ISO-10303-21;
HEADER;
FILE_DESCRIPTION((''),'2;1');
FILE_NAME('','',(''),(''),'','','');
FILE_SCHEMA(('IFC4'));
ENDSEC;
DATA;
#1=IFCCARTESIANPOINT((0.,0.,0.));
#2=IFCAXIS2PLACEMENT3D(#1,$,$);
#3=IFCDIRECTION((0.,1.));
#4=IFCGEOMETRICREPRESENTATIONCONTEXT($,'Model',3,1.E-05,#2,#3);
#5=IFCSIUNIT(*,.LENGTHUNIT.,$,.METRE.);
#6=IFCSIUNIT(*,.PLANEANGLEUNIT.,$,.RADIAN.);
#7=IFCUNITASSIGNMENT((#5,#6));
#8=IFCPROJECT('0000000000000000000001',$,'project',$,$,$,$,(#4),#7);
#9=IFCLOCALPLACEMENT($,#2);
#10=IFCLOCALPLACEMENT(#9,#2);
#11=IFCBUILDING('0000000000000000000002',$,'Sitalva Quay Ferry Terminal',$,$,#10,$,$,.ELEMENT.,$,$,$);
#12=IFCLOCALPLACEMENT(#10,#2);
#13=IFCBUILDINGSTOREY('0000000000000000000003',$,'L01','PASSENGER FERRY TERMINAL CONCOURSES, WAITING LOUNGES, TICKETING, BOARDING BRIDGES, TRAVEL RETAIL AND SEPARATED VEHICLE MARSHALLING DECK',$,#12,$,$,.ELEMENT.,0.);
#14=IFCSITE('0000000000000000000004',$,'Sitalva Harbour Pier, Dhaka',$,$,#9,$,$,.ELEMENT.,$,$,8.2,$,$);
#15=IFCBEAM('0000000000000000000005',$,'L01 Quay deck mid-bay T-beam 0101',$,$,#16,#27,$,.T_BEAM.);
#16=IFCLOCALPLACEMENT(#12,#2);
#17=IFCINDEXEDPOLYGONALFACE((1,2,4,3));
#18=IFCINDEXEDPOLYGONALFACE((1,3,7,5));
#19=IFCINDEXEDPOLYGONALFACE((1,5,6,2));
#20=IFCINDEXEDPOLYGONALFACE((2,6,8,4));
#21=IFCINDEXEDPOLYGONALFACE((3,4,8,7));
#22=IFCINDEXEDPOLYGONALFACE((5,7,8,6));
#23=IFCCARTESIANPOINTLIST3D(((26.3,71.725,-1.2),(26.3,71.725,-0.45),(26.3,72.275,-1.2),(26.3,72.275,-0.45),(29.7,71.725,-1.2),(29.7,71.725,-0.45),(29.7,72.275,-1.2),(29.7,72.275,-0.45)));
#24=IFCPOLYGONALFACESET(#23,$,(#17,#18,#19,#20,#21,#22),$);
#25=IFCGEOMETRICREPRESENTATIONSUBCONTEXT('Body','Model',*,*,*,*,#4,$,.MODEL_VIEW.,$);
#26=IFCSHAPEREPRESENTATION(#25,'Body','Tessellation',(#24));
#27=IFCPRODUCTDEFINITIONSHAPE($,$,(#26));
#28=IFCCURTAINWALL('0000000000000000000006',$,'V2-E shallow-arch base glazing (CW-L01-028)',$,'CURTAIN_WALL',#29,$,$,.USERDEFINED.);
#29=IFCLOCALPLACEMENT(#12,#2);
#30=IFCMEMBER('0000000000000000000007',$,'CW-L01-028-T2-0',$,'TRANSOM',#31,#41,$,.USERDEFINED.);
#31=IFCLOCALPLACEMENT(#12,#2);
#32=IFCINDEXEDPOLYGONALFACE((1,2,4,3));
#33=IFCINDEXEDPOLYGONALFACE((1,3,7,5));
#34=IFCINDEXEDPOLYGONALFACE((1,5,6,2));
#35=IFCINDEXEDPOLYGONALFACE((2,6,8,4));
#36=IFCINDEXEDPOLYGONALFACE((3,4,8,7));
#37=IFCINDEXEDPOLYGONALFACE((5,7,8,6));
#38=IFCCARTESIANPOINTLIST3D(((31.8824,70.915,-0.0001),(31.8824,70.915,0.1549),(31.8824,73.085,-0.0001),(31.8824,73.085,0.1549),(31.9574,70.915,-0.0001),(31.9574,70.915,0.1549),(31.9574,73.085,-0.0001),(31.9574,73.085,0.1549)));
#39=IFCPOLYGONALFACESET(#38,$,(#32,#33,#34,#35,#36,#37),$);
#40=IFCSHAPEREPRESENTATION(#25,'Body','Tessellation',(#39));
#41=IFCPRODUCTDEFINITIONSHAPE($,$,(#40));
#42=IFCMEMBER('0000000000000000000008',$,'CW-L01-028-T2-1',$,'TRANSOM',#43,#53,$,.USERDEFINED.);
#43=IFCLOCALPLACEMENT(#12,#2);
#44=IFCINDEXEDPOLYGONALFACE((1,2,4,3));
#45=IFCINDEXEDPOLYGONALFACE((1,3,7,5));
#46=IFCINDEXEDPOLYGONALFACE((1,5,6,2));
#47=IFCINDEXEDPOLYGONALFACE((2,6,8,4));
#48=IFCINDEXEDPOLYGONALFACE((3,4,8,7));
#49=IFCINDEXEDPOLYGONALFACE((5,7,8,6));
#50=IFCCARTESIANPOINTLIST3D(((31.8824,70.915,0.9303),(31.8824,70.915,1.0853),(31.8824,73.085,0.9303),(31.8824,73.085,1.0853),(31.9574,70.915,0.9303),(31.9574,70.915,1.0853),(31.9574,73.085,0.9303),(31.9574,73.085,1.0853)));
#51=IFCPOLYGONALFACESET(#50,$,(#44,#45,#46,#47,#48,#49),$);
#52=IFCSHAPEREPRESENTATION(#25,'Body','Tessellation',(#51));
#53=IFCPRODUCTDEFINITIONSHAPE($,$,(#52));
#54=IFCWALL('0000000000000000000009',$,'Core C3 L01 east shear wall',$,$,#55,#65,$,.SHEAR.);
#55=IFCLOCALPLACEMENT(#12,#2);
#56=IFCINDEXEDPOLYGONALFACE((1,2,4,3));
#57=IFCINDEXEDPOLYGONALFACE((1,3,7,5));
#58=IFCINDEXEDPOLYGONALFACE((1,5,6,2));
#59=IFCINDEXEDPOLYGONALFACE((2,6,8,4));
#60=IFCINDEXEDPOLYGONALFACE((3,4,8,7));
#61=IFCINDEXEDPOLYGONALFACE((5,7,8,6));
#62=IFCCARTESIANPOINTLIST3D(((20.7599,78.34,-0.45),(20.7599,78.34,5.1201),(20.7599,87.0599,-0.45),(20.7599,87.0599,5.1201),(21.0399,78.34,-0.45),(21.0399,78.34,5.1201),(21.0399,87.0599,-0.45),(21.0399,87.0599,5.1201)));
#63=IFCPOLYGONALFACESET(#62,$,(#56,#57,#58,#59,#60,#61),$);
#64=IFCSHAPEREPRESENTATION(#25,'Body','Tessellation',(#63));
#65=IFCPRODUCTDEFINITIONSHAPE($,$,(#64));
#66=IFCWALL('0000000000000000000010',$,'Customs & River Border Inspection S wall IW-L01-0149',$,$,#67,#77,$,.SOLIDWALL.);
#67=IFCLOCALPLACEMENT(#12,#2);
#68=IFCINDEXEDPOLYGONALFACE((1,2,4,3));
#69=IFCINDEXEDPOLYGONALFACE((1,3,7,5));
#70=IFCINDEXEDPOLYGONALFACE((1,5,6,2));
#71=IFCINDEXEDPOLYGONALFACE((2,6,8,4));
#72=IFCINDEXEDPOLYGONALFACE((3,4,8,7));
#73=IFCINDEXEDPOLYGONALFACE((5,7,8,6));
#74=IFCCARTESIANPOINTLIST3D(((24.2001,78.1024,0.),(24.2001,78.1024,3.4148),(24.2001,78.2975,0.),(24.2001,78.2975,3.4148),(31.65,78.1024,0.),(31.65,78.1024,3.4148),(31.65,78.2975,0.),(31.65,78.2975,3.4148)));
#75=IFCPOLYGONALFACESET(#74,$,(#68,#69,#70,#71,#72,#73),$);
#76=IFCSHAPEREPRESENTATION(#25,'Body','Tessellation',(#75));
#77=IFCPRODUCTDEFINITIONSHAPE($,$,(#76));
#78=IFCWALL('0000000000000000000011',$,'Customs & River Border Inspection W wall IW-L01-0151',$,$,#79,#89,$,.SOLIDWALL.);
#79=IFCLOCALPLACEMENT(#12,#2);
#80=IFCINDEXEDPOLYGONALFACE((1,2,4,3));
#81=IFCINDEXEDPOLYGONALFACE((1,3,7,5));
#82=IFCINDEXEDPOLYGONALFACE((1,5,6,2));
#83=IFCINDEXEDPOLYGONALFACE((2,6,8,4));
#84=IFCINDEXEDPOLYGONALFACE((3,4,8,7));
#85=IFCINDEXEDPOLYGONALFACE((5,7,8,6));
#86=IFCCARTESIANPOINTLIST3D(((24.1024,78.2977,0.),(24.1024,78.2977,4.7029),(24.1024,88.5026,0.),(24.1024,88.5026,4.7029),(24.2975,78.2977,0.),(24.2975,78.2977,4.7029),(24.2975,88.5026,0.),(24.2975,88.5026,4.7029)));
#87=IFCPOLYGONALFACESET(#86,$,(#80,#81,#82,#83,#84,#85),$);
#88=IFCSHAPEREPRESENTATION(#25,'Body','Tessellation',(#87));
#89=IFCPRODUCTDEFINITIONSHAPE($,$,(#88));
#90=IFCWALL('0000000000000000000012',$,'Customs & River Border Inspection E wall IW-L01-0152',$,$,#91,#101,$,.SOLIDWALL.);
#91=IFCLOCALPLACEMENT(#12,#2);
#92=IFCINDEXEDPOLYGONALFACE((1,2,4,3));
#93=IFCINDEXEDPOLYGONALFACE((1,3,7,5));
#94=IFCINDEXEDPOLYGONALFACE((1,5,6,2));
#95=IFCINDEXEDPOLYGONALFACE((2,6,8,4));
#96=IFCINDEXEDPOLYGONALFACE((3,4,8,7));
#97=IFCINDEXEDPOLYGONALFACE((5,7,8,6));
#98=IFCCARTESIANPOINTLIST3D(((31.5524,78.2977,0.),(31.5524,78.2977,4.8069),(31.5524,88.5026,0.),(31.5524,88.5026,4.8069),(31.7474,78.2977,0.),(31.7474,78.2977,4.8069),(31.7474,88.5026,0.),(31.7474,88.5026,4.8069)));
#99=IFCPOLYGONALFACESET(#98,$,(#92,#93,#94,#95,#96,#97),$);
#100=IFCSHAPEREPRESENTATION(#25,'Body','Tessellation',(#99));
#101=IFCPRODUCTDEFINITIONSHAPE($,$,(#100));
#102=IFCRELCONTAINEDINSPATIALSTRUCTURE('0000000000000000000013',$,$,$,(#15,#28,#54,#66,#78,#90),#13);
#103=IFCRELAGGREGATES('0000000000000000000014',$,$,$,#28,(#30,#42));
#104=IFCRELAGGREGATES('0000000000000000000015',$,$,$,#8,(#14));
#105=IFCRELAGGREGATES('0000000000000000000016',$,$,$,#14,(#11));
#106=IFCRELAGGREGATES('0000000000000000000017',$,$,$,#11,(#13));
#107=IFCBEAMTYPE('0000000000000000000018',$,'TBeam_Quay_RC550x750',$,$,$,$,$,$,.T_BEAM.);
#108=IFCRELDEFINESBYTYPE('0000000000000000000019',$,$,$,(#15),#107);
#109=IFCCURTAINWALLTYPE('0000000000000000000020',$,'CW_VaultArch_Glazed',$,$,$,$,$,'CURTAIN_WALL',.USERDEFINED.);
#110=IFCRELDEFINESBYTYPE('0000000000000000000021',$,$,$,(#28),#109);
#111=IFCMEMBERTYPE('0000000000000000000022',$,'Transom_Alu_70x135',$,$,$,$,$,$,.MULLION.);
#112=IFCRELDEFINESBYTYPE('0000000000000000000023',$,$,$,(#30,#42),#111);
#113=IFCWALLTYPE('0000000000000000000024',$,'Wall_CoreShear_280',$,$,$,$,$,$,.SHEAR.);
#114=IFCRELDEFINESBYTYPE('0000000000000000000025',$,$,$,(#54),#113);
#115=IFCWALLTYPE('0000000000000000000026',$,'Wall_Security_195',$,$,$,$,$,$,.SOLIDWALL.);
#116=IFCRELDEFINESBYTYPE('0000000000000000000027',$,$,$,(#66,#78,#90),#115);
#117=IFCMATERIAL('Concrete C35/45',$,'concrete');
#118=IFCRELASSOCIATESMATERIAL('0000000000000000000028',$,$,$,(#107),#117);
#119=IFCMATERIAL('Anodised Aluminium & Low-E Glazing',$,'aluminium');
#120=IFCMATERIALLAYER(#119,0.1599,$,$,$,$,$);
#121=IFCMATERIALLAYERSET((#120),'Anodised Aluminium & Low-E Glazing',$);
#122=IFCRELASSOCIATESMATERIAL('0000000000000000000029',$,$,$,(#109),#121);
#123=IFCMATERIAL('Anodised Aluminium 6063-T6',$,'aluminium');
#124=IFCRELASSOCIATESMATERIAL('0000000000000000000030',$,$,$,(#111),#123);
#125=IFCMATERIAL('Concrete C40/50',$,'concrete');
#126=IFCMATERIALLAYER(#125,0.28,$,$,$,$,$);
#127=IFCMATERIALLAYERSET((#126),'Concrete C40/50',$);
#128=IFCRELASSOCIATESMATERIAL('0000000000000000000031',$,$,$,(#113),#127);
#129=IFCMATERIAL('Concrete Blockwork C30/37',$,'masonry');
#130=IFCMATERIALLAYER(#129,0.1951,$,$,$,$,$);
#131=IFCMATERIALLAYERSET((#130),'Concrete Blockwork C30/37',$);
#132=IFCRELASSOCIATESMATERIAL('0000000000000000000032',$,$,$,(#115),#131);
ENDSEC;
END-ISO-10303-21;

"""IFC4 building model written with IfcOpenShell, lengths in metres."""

from ifc_helpers import new_model, si_unit, direction, frame, frame_2d, origin, origin_2d, place, context, subcontext, project, spatial, rectangle, extrude, material, layer, layer_set, material_profile, profile_set, type_object, element, aggregate, save


model = new_model("IFC4")

# Units and contexts
model_context = context("Model", 3, precision=1e-05, world=origin(), true_north=direction((0.0, 1.0)))
body_context = subcontext(model_context, "Body", "Model", "MODEL_VIEW")
ifc_project = project(units=[si_unit("LENGTHUNIT", "METRE"), si_unit("PLANEANGLEUNIT", "RADIAN")], contexts=[model_context])

# Site, building, storey
site_placement = place(None, origin())
site = spatial("IfcSite", under=ifc_project, at=site_placement, Name="Sitalva Harbour Pier, Dhaka", CompositionType="ELEMENT", RefElevation=8.2)
building_placement = place(site_placement, origin())
building = spatial("IfcBuilding", under=site, at=building_placement, Name="Sitalva Quay Ferry Terminal", CompositionType="ELEMENT")
storey_placement = place(building_placement, origin())
storey = spatial("IfcBuildingStorey", under=building, at=storey_placement, Name="L01", Description="PASSENGER FERRY TERMINAL CONCOURSES, WAITING LOUNGES, TICKETING, BOARDING BRIDGES, TRAVEL RETAIL AND SEPARATED VEHICLE MARSHALLING DECK", CompositionType="ELEMENT", Elevation=0.0)

# Beam
ifc_material_1 = material(Name="Concrete C35/45", Category="concrete")
ifc_material_profile_1 = material_profile(ifc_material_1, rectangle(XDim=0.55, YDim=0.75, at=origin_2d()), Name="RC550x750")
ifc_profile_set_1 = profile_set([ifc_material_profile_1], Name="Concrete C35/45")
beam_type_1 = type_object("IfcBeamType", Name="TBeam_Quay_RC550x750", PredefinedType="T_BEAM", material=ifc_profile_set_1)
for number, where, z_axis, x_axis, name in (
    (1, (26.3, 72.0, -0.825), (1.0, 0.0, 0.0), (0.0, 1.0, 0.0), "L01 Quay deck mid-bay T-beam 0101"),
):
    element("IfcBeam", number, at=place(storey_placement, frame(where, z_axis=z_axis, x_axis=x_axis)), inside=storey, type_object=beam_type_1, Name=name, PredefinedType="T_BEAM", context=body_context, shape_type="SweptSolid", body=[
        extrude(rectangle(XDim=0.55, YDim=0.75, at=origin_2d()), origin(), (0.0, 0.0, 1.0), 3.3999),
    ])

# Curtain wall, members
ifc_material_2 = material(Name="Anodised Aluminium & Low-E Glazing", Category="aluminium")
ifc_layer_1 = layer(ifc_material_2, 0.1599)
ifc_layer_set_1 = layer_set([ifc_layer_1], Name="Anodised Aluminium & Low-E Glazing")
curtain_wall_type = type_object("IfcCurtainWallType", Name="CW_VaultArch_Glazed", ElementType="CURTAIN_WALL", PredefinedType="USERDEFINED", material=ifc_layer_set_1)
curtain_wall_placement = place(storey_placement, origin())
curtain_wall = element("IfcCurtainWall", 2, at=curtain_wall_placement, inside=storey, type_object=curtain_wall_type, Name="V2-E shallow-arch base glazing (CW-L01-028)", ObjectType="CURTAIN_WALL", PredefinedType="USERDEFINED")
ifc_material_3 = material(Name="Anodised Aluminium 6063-T6", Category="aluminium")
ifc_material_profile_2 = material_profile(ifc_material_3, rectangle(XDim=0.075, YDim=0.155, at=origin_2d()), Name="ALU75x155")
ifc_profile_set_2 = profile_set([ifc_material_profile_2], Name="Anodised Aluminium 6063-T6")
member_type = type_object("IfcMemberType", Name="Transom_Alu_70x135", PredefinedType="MULLION", material=ifc_profile_set_2)
member_1_placement = place(storey_placement, frame((31.9199, 70.915, 0.0774), z_axis=(0.0, 1.0, 0.0), x_axis=(-1.0, 0.0, 0.0)))
member_1 = element("IfcMember", 3, at=member_1_placement, type_object=member_type, Name="CW-L01-028-T2-0", ObjectType="TRANSOM", PredefinedType="USERDEFINED", context=body_context, shape_type="SweptSolid", body=[
    extrude(rectangle(XDim=0.075, YDim=0.155, at=origin_2d()), origin(), (0.0, 0.0, 1.0), 2.1699),
])
member_2_placement = place(storey_placement, frame((31.9199, 70.915, 1.0078), z_axis=(0.0, 1.0, 0.0), x_axis=(-1.0, 0.0, 0.0)))
member_2 = element("IfcMember", 4, at=member_2_placement, type_object=member_type, Name="CW-L01-028-T2-1", ObjectType="TRANSOM", PredefinedType="USERDEFINED", context=body_context, shape_type="SweptSolid", body=[
    extrude(rectangle(XDim=0.075, YDim=0.155, at=origin_2d()), origin(), (0.0, 0.0, 1.0), 2.1699),
])
aggregate(curtain_wall, [member_1, member_2])

# Walls
ifc_material_4 = material(Name="Concrete C40/50", Category="concrete")
ifc_layer_2 = layer(ifc_material_4, 0.28)
ifc_layer_set_2 = layer_set([ifc_layer_2], Name="Concrete C40/50")
wall_type_1 = type_object("IfcWallType", Name="Wall_CoreShear_280", PredefinedType="SHEAR", material=ifc_layer_set_2)
wall_1_placement = place(storey_placement, frame((20.8999, 78.3401, -0.45), z_axis=(0.0, 0.0, 1.0), x_axis=(0.0, 1.0, 0.0)))
element("IfcWall", 5, at=wall_1_placement, inside=storey, type_object=wall_type_1, Name="Core C3 L01 east shear wall", PredefinedType="SHEAR", context=body_context, shape_type="SweptSolid", body=[
    extrude(rectangle(XDim=8.72, YDim=0.28, at=frame_2d((4.3599, 0.0))), origin(), (0.0, 0.0, 1.0), 5.5701),
])
ifc_material_5 = material(Name="Concrete Blockwork C30/37", Category="masonry")
ifc_layer_3 = layer(ifc_material_5, 0.1951)
ifc_layer_set_3 = layer_set([ifc_layer_3], Name="Concrete Blockwork C30/37")
wall_type_2 = type_object("IfcWallType", Name="Wall_Security_195", PredefinedType="SOLIDWALL", material=ifc_layer_set_3)
wall_2_placement = place(storey_placement, frame((24.2, 78.2, 0.0), z_axis=(0.0, 0.0, 1.0), x_axis=(1.0, 0.0, 0.0)))
element("IfcWall", 6, at=wall_2_placement, inside=storey, type_object=wall_type_2, Name="Customs & River Border Inspection S wall IW-L01-0149", PredefinedType="SOLIDWALL", context=body_context, shape_type="SweptSolid", body=[
    extrude(rectangle(XDim=7.45, YDim=0.1951, at=frame_2d((3.7251, 0.0))), origin(), (0.0, 0.0, 1.0), 3.4148),
])
wall_3_placement = place(storey_placement, frame((24.2, 78.2976, 0.0), z_axis=(0.0, 0.0, 1.0), x_axis=(0.0, 1.0, 0.0)))
element("IfcWall", 7, at=wall_3_placement, inside=storey, type_object=wall_type_2, Name="Customs & River Border Inspection W wall IW-L01-0151", PredefinedType="SOLIDWALL", context=body_context, shape_type="SweptSolid", body=[
    extrude(rectangle(XDim=10.2048, YDim=0.1951, at=frame_2d((5.1025, 0.0))), origin(), (0.0, 0.0, 1.0), 4.7029),
])
wall_4_placement = place(storey_placement, frame((31.6499, 78.2976, 0.0), z_axis=(0.0, 0.0, 1.0), x_axis=(0.0, 1.0, 0.0)))
element("IfcWall", 8, at=wall_4_placement, inside=storey, type_object=wall_type_2, Name="Customs & River Border Inspection E wall IW-L01-0152", PredefinedType="SOLIDWALL", context=body_context, shape_type="SweptSolid", body=[
    extrude(rectangle(XDim=10.2048, YDim=0.1951, at=frame_2d((5.1025, 0.0))), origin(), (0.0, 0.0, 1.0), 4.8069),
])

save(model, "model.ifc")
